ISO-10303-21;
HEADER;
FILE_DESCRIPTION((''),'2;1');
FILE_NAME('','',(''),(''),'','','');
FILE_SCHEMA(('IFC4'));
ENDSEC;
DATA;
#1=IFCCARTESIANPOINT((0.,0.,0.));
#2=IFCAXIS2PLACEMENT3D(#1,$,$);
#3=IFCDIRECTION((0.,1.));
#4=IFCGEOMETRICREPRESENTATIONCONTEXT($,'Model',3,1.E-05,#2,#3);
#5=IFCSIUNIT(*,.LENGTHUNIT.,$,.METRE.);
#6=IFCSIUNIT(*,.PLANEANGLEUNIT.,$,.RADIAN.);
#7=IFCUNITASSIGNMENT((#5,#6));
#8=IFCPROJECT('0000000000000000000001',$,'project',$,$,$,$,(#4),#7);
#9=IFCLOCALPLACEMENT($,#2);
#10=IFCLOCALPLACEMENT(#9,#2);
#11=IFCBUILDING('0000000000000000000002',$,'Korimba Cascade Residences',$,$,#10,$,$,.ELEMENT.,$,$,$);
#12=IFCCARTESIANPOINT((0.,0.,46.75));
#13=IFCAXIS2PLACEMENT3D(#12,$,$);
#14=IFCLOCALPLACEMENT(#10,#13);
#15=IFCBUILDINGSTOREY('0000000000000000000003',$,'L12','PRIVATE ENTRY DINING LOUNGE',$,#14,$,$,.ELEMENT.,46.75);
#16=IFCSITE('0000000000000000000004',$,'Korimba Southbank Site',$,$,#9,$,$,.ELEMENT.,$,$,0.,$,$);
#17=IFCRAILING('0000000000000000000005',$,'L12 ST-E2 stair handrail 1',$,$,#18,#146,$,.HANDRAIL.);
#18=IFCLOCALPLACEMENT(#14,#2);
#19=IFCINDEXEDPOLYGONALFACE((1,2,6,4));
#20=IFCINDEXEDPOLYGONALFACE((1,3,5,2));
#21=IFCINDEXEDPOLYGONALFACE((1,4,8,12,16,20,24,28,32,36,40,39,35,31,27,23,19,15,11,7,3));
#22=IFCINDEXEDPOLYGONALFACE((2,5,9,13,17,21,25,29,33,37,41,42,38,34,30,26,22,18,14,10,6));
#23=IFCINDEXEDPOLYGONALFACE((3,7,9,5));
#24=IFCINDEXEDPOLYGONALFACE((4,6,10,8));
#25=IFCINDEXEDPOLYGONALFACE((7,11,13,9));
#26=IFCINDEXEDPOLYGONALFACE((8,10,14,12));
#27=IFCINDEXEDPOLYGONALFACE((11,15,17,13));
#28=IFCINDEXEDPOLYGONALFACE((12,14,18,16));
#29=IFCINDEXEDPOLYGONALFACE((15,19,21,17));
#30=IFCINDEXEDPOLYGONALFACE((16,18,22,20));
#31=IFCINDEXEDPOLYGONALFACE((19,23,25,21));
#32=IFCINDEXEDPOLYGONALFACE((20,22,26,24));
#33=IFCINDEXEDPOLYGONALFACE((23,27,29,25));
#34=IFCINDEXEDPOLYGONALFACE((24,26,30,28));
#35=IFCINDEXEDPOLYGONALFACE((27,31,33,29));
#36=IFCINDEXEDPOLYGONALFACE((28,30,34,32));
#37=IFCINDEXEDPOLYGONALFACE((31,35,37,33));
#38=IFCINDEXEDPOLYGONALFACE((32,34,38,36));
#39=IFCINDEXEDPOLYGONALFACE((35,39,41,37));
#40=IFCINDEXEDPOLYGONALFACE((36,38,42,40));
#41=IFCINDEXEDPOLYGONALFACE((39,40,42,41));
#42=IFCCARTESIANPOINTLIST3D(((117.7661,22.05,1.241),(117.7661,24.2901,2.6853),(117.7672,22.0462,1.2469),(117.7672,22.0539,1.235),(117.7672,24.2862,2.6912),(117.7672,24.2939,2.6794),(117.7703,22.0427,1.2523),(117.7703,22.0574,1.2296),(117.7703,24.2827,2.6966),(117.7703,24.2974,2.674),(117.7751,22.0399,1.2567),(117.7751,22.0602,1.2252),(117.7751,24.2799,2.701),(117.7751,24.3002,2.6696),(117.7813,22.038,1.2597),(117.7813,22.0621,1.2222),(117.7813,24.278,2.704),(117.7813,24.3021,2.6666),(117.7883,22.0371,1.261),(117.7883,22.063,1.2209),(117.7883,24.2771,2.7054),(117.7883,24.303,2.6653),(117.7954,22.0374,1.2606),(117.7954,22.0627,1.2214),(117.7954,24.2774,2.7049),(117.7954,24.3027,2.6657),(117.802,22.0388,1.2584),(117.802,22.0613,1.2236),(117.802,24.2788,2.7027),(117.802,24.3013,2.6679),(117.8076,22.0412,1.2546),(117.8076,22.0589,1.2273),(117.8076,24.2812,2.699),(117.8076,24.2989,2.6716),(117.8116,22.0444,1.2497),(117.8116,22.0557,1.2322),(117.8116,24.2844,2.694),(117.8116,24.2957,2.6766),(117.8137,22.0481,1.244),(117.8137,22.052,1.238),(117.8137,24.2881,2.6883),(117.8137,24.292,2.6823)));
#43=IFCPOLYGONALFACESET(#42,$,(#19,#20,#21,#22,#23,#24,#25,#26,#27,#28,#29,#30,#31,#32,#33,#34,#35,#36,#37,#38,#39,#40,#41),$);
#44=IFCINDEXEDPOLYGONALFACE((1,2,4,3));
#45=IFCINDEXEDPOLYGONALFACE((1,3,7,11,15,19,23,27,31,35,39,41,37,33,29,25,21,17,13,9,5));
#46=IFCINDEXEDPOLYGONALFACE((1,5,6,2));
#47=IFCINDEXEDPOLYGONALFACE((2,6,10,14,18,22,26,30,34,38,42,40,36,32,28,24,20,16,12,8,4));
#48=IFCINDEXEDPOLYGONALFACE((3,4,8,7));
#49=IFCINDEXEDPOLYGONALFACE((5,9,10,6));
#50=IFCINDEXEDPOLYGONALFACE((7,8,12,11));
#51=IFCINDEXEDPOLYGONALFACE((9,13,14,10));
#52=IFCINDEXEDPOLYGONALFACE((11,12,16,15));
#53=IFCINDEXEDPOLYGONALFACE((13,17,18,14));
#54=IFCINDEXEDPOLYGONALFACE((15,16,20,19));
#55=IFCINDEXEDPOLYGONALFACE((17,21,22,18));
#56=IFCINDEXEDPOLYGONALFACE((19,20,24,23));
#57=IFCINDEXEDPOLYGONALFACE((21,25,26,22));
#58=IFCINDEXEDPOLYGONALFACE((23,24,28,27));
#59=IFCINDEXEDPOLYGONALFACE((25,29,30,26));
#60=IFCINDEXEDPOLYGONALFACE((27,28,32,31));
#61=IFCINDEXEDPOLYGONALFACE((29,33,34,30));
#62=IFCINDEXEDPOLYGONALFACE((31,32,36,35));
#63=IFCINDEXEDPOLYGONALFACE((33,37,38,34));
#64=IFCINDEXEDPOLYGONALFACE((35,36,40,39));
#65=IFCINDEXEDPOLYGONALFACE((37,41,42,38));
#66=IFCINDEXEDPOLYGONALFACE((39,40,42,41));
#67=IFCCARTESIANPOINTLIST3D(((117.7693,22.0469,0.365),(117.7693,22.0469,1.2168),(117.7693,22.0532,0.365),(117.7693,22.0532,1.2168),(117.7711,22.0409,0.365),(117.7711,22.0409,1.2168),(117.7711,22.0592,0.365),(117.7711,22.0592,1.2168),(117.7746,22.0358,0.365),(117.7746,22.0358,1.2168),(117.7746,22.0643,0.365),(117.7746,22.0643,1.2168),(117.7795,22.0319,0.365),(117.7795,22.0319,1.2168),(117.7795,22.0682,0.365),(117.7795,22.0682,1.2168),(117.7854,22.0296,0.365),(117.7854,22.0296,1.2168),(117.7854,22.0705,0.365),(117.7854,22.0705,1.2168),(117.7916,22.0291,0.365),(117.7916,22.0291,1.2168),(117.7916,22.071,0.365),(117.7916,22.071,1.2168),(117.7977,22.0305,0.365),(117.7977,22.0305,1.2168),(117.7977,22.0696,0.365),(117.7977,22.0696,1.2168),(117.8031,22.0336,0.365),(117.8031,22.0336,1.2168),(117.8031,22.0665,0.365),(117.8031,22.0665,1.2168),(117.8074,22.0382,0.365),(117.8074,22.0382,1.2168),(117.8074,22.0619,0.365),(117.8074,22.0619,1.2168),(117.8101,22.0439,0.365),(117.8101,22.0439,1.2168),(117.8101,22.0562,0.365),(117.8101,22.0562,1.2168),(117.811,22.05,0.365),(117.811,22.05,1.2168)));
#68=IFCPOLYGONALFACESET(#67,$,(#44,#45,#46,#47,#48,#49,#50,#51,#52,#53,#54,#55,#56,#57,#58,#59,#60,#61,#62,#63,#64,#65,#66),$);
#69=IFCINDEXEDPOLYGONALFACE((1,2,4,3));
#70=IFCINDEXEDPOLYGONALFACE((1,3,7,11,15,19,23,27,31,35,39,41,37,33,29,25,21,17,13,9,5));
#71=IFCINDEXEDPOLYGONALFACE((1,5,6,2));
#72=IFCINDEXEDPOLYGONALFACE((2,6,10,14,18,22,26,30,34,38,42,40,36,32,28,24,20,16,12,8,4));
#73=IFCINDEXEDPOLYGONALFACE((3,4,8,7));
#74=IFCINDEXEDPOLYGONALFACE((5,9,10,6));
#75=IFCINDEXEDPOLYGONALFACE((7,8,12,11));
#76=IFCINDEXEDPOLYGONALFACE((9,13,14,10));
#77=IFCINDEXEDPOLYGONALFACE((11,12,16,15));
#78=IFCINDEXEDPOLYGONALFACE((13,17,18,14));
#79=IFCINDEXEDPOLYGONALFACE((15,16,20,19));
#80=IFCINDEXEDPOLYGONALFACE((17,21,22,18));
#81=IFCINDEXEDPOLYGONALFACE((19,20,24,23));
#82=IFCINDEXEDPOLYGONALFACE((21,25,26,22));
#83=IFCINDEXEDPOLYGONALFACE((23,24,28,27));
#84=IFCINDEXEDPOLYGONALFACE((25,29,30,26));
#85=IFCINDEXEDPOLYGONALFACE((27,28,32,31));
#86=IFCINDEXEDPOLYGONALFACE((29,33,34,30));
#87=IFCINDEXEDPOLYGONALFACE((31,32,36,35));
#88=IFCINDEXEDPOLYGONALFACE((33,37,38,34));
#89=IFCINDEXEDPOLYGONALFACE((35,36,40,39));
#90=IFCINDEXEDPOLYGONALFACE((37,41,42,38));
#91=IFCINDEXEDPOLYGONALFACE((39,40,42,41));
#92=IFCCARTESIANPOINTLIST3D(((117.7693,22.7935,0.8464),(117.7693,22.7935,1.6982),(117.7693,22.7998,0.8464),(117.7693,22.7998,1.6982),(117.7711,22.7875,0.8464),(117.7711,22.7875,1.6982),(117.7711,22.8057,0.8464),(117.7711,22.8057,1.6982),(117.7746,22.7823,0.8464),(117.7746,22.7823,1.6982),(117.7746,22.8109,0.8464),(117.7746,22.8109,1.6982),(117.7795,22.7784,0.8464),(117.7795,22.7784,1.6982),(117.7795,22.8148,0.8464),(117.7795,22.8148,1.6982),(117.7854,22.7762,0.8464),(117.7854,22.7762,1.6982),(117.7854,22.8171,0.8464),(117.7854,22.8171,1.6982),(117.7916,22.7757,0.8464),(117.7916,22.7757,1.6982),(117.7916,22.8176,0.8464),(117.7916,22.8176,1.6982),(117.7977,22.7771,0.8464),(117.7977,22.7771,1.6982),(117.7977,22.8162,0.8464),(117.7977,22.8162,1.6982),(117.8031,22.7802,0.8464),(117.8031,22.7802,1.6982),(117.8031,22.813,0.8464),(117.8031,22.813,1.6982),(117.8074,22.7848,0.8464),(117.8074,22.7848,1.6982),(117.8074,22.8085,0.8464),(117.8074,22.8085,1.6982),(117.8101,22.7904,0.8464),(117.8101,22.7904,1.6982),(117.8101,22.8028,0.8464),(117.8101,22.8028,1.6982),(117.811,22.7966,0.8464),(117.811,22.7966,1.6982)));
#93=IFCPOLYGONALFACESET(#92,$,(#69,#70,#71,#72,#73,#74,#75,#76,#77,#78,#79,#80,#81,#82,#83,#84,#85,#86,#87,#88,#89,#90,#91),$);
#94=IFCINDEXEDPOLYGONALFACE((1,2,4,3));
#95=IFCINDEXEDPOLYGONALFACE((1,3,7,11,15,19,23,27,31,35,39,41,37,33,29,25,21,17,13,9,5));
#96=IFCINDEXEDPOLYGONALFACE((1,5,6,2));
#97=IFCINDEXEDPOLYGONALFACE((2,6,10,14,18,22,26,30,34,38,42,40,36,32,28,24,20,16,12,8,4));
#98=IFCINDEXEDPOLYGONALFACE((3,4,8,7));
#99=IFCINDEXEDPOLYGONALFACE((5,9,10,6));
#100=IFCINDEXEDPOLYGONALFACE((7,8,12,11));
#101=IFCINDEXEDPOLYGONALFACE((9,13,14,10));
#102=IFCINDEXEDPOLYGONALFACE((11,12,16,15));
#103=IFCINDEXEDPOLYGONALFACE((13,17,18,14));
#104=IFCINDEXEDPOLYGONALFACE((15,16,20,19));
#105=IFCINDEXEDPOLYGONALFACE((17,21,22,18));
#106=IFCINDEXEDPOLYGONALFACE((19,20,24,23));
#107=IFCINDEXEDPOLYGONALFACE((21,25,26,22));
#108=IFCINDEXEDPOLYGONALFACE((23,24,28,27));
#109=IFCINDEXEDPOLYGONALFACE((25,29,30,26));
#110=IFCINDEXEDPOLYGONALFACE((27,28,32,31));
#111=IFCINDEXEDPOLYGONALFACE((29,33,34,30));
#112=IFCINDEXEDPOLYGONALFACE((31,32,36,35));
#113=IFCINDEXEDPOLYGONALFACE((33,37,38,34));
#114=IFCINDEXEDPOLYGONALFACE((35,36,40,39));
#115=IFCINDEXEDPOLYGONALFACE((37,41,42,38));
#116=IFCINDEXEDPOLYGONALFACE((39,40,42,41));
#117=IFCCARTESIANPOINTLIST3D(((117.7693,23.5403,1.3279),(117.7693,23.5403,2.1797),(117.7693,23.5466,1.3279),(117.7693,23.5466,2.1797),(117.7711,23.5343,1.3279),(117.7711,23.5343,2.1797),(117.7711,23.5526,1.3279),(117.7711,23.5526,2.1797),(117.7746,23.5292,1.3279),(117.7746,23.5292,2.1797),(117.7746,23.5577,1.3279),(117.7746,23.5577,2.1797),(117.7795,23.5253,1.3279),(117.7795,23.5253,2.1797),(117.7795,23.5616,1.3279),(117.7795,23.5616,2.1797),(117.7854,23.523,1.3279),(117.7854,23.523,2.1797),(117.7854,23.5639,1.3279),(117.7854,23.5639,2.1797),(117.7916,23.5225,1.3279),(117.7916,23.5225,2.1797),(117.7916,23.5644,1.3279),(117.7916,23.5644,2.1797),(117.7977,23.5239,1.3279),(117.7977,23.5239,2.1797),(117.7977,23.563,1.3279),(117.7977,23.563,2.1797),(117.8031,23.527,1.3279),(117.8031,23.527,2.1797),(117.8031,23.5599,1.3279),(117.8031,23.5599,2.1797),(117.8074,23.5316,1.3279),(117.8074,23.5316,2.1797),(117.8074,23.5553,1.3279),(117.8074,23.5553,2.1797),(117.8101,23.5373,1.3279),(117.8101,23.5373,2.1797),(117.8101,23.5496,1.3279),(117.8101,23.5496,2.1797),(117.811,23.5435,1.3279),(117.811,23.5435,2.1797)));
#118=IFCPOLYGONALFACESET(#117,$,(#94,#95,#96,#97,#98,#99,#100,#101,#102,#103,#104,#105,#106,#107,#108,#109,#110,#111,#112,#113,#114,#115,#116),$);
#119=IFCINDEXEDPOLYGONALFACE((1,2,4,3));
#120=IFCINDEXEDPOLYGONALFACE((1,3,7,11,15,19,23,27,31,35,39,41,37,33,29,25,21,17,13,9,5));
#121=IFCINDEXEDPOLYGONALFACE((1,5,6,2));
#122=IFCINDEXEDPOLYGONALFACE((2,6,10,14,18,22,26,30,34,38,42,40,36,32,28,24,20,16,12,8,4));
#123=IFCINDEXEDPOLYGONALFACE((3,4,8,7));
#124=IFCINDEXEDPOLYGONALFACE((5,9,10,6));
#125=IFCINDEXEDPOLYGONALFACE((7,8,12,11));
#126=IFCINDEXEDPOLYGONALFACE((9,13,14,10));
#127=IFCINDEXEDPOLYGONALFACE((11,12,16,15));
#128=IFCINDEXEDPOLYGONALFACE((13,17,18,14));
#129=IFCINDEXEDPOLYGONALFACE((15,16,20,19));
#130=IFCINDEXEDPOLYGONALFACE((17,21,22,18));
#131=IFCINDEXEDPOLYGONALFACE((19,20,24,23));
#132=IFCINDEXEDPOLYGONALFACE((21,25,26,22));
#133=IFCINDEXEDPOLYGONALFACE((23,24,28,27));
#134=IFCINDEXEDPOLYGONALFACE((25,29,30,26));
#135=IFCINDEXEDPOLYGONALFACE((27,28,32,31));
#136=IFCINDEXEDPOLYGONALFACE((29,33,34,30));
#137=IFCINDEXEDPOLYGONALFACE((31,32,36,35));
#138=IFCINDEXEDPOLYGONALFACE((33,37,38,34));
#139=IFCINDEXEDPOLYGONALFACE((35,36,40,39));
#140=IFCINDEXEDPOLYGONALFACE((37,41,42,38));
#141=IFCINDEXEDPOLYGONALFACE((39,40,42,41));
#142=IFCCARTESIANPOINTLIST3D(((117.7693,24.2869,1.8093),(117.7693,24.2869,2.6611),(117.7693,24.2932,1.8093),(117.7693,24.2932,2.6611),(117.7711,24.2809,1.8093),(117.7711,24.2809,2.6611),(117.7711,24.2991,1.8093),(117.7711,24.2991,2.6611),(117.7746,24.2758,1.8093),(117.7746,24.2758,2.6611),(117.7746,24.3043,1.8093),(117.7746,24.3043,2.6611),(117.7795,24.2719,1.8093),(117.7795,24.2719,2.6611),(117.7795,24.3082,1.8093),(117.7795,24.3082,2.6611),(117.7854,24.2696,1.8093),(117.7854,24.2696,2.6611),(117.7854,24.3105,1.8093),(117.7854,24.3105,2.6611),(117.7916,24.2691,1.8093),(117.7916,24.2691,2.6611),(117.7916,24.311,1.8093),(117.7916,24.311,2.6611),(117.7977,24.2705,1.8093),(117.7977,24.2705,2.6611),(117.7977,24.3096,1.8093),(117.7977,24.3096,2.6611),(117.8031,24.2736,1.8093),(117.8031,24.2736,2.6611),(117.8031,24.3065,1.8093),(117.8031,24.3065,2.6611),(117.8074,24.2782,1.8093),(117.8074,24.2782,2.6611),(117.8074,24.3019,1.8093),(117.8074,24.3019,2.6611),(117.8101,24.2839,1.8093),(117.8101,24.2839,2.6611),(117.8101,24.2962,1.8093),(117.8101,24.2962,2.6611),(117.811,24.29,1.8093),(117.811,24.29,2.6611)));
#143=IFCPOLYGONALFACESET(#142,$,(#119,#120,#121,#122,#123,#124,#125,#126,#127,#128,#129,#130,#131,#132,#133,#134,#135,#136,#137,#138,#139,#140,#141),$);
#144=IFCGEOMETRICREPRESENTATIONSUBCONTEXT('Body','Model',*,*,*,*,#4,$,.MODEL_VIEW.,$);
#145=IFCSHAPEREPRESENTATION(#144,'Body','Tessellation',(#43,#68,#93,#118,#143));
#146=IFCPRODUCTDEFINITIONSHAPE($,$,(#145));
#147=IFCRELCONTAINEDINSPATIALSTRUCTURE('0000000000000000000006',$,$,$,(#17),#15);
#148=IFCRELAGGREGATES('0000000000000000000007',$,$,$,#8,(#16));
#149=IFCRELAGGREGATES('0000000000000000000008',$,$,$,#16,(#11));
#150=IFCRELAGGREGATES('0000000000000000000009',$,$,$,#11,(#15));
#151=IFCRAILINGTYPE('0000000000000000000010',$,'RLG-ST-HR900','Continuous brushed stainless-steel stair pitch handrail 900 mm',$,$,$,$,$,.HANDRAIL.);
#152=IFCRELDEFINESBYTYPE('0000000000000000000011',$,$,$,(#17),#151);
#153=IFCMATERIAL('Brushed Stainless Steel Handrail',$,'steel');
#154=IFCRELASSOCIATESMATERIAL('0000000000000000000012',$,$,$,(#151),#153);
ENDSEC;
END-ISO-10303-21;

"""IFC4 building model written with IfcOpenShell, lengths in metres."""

from ifc_helpers import new_model, si_unit, direction, frame, origin, origin_2d, place, context, subcontext, project, spatial, circle, extrude, material, type_object, element, save


model = new_model("IFC4")

# Units and contexts
model_context = context("Model", 3, precision=1e-05, world=origin(), true_north=direction((0.0, 1.0)))
body_context = subcontext(model_context, "Body", "Model", "MODEL_VIEW")
ifc_project = project(units=[si_unit("LENGTHUNIT", "METRE"), si_unit("PLANEANGLEUNIT", "RADIAN")], contexts=[model_context])

# Site, building, storey
site_placement = place(None, origin())
site = spatial("IfcSite", under=ifc_project, at=site_placement, Name="Korimba Southbank Site", CompositionType="ELEMENT", RefElevation=0.0)
building_placement = place(site_placement, origin())
building = spatial("IfcBuilding", under=site, at=building_placement, Name="Korimba Cascade Residences", CompositionType="ELEMENT")
storey_placement = place(building_placement, frame((0.0, 0.0, 46.75)))
storey = spatial("IfcBuildingStorey", under=building, at=storey_placement, Name="L12", Description="PRIVATE ENTRY DINING LOUNGE", CompositionType="ELEMENT", Elevation=46.75)

# Railing
ifc_material_1 = material(Name="Brushed Stainless Steel Handrail", Category="steel")
railing_type_1 = type_object("IfcRailingType", Name="RLG-ST-HR900", Description="Continuous brushed stainless-steel stair pitch handrail 900 mm", PredefinedType="HANDRAIL", material=ifc_material_1)
railing_1_placement = place(storey_placement, frame((117.79, 22.05, 0.365)))
element("IfcRailing", 1, at=railing_1_placement, inside=storey, type_object=railing_type_1, Name="L12 ST-E2 stair handrail 1", PredefinedType="HANDRAIL", context=body_context, shape_type="SweptSolid", body=[
    extrude(circle(Radius=0.0239, at=origin_2d()), frame((0.0, 0.0, 0.876), z_axis=(0.0, 0.840437, 0.54191), x_axis=(-1.0, 0.0, 0.0)), (0.0, 0.0, 1.0), 2.6653),
    extrude(circle(Radius=0.021, at=origin_2d()), origin(), (0.0, 0.0, 1.0), 0.8518),
    extrude(circle(Radius=0.021, at=origin_2d()), frame((0.0, 0.7466, 0.4814)), (0.0, 0.0, 1.0), 0.8518),
    extrude(circle(Radius=0.021, at=origin_2d()), frame((0.0, 1.4934, 0.9629)), (0.0, 0.0, 1.0), 0.8518),
    extrude(circle(Radius=0.021, at=origin_2d()), frame((0.0, 2.24, 1.4443)), (0.0, 0.0, 1.0), 0.8518),
])

save(model, "model.ifc")
